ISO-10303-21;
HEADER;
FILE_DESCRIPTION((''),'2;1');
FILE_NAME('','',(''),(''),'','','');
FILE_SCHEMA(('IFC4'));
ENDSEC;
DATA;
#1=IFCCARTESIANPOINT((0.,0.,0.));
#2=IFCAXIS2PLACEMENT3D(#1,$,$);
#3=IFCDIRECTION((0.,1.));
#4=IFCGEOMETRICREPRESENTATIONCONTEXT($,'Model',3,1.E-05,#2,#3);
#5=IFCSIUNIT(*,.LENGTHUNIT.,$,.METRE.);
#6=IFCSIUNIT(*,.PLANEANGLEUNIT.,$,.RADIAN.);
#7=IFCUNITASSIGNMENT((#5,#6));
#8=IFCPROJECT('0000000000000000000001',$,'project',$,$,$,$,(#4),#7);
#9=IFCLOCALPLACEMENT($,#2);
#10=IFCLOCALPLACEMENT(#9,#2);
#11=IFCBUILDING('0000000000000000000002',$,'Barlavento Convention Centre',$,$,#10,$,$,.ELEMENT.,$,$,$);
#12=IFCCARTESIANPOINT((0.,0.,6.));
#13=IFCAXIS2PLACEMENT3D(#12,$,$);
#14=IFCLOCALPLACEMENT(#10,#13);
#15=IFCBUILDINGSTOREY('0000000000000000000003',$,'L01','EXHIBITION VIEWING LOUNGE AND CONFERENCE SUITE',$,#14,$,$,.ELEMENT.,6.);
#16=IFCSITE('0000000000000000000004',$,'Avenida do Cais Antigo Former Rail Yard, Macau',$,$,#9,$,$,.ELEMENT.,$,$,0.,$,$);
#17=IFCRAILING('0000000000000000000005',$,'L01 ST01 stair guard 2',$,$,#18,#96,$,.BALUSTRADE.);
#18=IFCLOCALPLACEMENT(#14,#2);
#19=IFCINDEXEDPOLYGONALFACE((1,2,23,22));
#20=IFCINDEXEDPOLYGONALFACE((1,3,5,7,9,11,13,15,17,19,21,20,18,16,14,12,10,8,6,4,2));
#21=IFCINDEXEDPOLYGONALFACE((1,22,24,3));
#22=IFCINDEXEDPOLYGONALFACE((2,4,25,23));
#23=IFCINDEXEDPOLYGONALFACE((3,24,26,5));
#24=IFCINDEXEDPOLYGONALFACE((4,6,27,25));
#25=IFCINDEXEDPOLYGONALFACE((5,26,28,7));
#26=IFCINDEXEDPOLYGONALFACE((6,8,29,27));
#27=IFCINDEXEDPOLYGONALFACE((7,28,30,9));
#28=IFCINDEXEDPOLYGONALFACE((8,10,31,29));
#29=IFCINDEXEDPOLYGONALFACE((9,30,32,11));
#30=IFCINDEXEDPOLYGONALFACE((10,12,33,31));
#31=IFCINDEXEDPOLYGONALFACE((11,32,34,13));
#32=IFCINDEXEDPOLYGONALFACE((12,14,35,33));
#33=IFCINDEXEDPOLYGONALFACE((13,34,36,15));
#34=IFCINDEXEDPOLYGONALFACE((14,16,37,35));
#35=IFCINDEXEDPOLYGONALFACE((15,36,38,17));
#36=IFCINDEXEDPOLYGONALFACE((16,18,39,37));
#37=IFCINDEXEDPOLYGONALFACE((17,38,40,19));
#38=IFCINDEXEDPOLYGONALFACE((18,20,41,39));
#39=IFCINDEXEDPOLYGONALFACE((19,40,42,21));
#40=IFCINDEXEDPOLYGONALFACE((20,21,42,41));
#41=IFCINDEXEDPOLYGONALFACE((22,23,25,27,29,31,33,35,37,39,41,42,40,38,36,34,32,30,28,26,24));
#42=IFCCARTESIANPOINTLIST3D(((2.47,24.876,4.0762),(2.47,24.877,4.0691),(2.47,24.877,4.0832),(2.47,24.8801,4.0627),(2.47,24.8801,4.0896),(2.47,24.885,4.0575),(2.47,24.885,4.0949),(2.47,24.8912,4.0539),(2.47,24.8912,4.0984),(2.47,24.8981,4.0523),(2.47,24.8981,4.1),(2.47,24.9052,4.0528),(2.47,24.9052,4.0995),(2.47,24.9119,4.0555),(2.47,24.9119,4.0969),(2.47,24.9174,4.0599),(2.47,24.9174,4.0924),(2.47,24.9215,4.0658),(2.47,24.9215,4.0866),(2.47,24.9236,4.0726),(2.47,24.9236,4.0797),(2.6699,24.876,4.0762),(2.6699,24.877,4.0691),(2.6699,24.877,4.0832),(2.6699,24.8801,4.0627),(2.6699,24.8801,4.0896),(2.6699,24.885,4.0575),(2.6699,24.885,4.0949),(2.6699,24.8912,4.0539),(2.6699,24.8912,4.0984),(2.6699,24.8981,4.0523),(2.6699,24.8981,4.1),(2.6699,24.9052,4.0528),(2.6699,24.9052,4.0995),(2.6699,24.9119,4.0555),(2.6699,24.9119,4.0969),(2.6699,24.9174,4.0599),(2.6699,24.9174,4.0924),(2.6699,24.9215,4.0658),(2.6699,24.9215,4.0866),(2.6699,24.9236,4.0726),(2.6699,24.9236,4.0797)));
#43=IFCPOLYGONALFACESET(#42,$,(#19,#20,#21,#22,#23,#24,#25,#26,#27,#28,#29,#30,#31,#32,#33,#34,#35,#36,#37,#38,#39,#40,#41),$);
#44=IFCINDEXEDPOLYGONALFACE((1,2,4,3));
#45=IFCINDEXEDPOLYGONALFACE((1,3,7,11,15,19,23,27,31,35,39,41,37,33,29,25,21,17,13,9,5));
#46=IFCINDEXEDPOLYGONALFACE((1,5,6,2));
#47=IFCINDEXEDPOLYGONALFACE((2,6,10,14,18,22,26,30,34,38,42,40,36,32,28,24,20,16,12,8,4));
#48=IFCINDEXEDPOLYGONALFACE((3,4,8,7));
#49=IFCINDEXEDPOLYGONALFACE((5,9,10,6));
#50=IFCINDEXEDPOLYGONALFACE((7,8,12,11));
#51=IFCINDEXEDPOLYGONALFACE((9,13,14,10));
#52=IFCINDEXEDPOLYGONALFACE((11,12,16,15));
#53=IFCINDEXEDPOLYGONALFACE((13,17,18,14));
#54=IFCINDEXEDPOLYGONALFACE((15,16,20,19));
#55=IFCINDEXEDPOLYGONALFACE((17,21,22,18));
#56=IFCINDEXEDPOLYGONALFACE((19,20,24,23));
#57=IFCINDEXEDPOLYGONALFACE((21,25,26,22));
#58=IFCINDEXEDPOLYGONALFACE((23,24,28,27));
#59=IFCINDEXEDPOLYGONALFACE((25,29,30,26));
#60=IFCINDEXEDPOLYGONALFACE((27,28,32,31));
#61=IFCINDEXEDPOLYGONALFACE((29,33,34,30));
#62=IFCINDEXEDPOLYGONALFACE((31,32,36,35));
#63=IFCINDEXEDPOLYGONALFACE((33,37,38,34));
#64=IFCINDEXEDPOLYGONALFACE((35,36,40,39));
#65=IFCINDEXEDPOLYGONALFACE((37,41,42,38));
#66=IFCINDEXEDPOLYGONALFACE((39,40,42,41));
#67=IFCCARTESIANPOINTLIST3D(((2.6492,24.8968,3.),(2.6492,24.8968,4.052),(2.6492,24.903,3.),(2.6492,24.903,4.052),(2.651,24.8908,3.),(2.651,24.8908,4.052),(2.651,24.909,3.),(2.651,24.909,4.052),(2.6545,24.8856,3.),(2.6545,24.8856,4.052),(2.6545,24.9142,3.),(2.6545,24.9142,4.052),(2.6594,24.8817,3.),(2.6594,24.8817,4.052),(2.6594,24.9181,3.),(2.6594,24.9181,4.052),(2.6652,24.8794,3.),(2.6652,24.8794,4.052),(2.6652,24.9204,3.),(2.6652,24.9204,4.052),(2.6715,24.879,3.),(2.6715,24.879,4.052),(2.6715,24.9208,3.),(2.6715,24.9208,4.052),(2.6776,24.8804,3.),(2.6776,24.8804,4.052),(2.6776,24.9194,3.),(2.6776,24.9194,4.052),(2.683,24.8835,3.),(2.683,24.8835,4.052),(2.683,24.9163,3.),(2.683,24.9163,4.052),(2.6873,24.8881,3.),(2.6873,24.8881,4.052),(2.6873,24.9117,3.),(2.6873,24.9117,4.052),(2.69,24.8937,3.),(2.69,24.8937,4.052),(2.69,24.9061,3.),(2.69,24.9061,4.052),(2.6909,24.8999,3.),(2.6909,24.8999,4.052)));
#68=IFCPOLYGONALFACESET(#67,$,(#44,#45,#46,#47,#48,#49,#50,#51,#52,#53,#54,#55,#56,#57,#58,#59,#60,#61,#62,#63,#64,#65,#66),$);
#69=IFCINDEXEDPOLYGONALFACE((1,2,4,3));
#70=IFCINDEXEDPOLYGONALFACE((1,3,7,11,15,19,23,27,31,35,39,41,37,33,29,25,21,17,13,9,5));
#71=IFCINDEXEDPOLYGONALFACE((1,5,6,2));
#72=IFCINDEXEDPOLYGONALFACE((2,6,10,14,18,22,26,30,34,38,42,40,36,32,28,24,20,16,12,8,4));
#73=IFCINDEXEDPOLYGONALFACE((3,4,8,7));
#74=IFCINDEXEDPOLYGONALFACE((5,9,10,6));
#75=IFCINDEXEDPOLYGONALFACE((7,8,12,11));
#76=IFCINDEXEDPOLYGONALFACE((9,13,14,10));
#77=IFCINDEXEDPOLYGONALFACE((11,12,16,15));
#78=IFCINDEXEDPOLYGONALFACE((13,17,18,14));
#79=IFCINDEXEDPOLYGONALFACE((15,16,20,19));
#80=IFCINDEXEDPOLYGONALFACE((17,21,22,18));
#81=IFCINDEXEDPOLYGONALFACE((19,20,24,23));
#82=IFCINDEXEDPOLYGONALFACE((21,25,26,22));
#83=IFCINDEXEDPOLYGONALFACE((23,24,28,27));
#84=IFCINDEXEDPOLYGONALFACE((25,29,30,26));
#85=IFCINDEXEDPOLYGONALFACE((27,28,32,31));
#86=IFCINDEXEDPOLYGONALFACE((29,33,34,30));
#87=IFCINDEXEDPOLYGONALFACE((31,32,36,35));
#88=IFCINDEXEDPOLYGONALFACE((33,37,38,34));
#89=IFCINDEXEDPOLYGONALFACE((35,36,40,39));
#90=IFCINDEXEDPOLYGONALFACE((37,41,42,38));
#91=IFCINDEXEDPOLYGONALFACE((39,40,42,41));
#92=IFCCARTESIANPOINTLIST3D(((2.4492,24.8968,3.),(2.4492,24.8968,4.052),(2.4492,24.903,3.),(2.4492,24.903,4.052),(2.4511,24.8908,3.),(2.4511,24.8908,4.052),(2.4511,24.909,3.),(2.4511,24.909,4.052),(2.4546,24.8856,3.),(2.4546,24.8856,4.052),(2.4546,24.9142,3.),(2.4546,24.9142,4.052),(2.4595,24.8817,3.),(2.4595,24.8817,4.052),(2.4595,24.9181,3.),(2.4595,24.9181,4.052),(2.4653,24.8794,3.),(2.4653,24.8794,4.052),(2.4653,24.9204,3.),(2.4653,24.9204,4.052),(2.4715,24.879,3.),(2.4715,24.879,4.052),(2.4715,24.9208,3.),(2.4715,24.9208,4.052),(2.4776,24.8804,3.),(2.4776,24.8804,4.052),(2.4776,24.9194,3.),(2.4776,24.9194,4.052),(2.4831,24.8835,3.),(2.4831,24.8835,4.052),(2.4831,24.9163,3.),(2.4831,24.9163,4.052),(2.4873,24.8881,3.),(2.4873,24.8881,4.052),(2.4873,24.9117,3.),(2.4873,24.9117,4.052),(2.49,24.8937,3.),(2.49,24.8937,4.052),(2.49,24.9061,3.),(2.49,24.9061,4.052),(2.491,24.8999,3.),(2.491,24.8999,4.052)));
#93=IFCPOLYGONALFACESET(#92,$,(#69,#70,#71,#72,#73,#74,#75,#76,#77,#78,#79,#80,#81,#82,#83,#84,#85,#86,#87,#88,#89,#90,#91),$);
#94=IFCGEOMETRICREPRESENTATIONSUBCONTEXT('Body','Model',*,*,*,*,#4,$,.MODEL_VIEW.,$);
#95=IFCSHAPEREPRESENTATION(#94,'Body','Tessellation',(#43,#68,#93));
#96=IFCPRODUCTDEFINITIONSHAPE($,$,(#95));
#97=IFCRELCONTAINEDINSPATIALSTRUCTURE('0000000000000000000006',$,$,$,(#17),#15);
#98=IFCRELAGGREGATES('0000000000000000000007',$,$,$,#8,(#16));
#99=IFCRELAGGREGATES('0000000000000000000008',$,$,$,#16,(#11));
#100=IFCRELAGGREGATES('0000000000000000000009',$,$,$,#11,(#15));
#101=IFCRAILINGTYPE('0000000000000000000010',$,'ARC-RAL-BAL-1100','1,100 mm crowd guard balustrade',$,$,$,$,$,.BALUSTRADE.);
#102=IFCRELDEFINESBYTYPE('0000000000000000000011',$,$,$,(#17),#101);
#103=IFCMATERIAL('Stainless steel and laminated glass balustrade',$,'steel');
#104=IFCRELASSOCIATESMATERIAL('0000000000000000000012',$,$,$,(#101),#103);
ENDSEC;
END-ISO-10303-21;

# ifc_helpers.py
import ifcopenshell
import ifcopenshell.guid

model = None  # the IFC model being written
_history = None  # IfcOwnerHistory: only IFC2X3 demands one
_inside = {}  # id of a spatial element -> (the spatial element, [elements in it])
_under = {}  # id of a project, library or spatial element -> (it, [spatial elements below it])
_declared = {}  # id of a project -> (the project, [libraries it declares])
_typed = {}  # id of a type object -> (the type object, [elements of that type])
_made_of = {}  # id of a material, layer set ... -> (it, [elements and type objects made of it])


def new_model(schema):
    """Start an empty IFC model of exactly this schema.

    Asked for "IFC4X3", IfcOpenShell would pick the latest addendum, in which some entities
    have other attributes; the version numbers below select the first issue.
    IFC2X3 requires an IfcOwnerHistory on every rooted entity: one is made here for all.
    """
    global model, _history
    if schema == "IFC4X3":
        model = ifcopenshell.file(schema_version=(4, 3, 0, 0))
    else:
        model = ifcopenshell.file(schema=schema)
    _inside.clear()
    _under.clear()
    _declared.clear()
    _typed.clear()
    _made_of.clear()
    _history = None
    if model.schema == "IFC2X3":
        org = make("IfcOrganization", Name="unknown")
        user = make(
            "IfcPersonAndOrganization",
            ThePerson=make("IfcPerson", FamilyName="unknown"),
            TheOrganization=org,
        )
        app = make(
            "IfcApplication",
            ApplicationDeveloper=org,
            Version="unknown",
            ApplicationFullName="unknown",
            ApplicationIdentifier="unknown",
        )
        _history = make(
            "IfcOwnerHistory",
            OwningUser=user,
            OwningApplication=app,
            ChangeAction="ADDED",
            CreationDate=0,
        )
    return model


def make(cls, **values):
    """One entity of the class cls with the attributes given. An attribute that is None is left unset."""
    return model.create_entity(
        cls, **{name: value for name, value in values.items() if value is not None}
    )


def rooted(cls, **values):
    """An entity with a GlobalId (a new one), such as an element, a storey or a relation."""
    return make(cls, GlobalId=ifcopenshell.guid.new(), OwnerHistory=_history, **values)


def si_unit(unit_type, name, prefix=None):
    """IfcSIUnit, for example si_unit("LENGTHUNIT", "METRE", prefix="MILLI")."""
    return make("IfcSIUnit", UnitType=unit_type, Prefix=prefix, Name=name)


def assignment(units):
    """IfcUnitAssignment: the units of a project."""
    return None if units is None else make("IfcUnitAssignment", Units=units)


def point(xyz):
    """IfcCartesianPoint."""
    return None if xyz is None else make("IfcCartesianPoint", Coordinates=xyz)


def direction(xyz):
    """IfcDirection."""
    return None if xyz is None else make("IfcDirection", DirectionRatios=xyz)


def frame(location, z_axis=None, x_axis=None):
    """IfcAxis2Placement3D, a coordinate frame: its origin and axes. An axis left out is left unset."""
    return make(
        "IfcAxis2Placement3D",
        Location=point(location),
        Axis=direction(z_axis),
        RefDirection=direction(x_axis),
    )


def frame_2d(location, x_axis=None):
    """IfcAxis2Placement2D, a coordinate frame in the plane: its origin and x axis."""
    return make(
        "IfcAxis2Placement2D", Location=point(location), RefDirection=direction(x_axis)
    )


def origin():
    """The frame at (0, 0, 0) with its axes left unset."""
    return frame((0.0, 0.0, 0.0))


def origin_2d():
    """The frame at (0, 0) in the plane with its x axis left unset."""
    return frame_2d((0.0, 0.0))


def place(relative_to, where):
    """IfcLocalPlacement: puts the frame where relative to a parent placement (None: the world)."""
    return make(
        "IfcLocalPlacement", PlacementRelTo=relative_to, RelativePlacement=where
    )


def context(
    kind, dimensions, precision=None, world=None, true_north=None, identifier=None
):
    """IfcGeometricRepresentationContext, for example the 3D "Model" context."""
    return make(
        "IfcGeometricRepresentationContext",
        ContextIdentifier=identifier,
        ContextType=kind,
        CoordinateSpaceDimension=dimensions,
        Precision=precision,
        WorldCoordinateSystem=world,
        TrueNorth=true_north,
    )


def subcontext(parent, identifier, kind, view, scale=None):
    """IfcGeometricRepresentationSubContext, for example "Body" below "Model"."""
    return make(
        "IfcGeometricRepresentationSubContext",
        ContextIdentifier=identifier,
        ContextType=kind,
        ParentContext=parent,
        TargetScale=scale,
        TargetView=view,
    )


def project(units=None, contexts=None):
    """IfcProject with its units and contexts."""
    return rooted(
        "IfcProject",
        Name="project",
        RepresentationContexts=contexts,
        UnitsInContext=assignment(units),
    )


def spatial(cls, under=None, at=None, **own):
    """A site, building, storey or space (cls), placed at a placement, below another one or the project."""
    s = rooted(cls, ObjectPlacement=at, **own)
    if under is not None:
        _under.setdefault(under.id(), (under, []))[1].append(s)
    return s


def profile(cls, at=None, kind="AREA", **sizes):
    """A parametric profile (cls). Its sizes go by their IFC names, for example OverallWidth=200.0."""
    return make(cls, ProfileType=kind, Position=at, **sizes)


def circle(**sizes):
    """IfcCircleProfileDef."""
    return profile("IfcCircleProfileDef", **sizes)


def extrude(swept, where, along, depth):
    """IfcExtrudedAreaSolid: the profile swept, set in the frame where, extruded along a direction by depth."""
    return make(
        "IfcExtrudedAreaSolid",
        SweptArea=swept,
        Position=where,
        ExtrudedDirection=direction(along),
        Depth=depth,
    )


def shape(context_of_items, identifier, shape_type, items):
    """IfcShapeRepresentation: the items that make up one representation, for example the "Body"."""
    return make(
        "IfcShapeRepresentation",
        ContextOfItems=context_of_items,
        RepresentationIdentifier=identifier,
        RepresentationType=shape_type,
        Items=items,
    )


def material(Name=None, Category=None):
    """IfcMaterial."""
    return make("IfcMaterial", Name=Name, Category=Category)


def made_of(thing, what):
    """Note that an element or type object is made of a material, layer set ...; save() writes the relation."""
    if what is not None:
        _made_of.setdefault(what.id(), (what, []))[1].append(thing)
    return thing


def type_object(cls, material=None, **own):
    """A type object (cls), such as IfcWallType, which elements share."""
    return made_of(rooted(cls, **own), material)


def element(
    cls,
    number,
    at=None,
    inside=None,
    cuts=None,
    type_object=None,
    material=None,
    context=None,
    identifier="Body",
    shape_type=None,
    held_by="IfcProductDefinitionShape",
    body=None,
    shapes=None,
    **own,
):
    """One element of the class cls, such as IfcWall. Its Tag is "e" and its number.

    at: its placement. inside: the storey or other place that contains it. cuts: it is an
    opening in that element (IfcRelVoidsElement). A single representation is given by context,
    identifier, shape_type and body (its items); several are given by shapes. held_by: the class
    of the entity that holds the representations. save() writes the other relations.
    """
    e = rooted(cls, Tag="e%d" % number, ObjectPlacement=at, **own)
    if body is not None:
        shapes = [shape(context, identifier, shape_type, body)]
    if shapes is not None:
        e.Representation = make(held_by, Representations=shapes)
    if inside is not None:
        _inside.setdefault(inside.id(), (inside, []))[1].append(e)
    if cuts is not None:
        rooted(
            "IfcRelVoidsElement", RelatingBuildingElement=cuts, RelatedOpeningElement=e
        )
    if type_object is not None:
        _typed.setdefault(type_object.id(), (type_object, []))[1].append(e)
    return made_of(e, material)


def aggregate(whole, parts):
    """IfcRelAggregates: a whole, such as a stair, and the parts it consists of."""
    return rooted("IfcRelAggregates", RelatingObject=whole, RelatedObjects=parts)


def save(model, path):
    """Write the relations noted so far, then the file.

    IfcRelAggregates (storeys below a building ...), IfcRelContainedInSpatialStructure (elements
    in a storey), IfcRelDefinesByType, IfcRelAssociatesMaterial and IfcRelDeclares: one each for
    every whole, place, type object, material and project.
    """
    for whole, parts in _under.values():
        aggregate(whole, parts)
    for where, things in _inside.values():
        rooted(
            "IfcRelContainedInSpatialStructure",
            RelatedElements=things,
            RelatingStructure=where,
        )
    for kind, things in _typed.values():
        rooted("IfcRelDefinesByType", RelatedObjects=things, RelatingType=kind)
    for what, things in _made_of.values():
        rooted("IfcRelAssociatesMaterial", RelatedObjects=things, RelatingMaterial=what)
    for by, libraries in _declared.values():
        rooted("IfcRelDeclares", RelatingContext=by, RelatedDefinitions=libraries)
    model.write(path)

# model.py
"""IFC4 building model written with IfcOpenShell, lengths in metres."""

from ifc_helpers import new_model, si_unit, direction, frame, origin, origin_2d, place, context, subcontext, project, spatial, circle, extrude, material, type_object, element, save


model = new_model("IFC4")

# Units and contexts
model_context = context("Model", 3, precision=1e-05, world=origin(), true_north=direction((0.0, 1.0)))
body_context = subcontext(model_context, "Body", "Model", "MODEL_VIEW")
ifc_project = project(units=[si_unit("LENGTHUNIT", "METRE"), si_unit("PLANEANGLEUNIT", "RADIAN")], contexts=[model_context])

# Site, building, storey
site_placement = place(None, origin())
site = spatial("IfcSite", under=ifc_project, at=site_placement, Name="Avenida do Cais Antigo Former Rail Yard, Macau", CompositionType="ELEMENT", RefElevation=0.0)
building_placement = place(site_placement, origin())
building = spatial("IfcBuilding", under=site, at=building_placement, Name="Barlavento Convention Centre", CompositionType="ELEMENT")
storey_placement = place(building_placement, frame((0.0, 0.0, 6.0)))
storey = spatial("IfcBuildingStorey", under=building, at=storey_placement, Name="L01", Description="EXHIBITION VIEWING LOUNGE AND CONFERENCE SUITE", CompositionType="ELEMENT", Elevation=6.0)

# Railing
ifc_material_1 = material(Name="Stainless steel and laminated glass balustrade", Category="steel")
railing_type_1 = type_object("IfcRailingType", Name="ARC-RAL-BAL-1100", Description="1,100 mm crowd guard balustrade", PredefinedType="BALUSTRADE", material=ifc_material_1)
railing_1_placement = place(storey_placement, frame((2.6699, 24.8999, 3.0)))
element("IfcRailing", 1, at=railing_1_placement, inside=storey, type_object=railing_type_1, Name="L01 ST01 stair guard 2", PredefinedType="BALUSTRADE", context=body_context, shape_type="SweptSolid", body=[
    extrude(circle(Radius=0.0239, at=origin_2d()), frame((0.0, 0.0, 1.0762), z_axis=(-1.0, 0.0, 0.0), x_axis=(0.0, -1.0, 0.0)), (0.0, 0.0, 1.0), 0.2),
    extrude(circle(Radius=0.021, at=origin_2d()), origin(), (0.0, 0.0, 1.0), 1.052),
    extrude(circle(Radius=0.021, at=origin_2d()), frame((-0.2, 0.0, 0.0)), (0.0, 0.0, 1.0), 1.052),
])

save(model, "model.ifc")
